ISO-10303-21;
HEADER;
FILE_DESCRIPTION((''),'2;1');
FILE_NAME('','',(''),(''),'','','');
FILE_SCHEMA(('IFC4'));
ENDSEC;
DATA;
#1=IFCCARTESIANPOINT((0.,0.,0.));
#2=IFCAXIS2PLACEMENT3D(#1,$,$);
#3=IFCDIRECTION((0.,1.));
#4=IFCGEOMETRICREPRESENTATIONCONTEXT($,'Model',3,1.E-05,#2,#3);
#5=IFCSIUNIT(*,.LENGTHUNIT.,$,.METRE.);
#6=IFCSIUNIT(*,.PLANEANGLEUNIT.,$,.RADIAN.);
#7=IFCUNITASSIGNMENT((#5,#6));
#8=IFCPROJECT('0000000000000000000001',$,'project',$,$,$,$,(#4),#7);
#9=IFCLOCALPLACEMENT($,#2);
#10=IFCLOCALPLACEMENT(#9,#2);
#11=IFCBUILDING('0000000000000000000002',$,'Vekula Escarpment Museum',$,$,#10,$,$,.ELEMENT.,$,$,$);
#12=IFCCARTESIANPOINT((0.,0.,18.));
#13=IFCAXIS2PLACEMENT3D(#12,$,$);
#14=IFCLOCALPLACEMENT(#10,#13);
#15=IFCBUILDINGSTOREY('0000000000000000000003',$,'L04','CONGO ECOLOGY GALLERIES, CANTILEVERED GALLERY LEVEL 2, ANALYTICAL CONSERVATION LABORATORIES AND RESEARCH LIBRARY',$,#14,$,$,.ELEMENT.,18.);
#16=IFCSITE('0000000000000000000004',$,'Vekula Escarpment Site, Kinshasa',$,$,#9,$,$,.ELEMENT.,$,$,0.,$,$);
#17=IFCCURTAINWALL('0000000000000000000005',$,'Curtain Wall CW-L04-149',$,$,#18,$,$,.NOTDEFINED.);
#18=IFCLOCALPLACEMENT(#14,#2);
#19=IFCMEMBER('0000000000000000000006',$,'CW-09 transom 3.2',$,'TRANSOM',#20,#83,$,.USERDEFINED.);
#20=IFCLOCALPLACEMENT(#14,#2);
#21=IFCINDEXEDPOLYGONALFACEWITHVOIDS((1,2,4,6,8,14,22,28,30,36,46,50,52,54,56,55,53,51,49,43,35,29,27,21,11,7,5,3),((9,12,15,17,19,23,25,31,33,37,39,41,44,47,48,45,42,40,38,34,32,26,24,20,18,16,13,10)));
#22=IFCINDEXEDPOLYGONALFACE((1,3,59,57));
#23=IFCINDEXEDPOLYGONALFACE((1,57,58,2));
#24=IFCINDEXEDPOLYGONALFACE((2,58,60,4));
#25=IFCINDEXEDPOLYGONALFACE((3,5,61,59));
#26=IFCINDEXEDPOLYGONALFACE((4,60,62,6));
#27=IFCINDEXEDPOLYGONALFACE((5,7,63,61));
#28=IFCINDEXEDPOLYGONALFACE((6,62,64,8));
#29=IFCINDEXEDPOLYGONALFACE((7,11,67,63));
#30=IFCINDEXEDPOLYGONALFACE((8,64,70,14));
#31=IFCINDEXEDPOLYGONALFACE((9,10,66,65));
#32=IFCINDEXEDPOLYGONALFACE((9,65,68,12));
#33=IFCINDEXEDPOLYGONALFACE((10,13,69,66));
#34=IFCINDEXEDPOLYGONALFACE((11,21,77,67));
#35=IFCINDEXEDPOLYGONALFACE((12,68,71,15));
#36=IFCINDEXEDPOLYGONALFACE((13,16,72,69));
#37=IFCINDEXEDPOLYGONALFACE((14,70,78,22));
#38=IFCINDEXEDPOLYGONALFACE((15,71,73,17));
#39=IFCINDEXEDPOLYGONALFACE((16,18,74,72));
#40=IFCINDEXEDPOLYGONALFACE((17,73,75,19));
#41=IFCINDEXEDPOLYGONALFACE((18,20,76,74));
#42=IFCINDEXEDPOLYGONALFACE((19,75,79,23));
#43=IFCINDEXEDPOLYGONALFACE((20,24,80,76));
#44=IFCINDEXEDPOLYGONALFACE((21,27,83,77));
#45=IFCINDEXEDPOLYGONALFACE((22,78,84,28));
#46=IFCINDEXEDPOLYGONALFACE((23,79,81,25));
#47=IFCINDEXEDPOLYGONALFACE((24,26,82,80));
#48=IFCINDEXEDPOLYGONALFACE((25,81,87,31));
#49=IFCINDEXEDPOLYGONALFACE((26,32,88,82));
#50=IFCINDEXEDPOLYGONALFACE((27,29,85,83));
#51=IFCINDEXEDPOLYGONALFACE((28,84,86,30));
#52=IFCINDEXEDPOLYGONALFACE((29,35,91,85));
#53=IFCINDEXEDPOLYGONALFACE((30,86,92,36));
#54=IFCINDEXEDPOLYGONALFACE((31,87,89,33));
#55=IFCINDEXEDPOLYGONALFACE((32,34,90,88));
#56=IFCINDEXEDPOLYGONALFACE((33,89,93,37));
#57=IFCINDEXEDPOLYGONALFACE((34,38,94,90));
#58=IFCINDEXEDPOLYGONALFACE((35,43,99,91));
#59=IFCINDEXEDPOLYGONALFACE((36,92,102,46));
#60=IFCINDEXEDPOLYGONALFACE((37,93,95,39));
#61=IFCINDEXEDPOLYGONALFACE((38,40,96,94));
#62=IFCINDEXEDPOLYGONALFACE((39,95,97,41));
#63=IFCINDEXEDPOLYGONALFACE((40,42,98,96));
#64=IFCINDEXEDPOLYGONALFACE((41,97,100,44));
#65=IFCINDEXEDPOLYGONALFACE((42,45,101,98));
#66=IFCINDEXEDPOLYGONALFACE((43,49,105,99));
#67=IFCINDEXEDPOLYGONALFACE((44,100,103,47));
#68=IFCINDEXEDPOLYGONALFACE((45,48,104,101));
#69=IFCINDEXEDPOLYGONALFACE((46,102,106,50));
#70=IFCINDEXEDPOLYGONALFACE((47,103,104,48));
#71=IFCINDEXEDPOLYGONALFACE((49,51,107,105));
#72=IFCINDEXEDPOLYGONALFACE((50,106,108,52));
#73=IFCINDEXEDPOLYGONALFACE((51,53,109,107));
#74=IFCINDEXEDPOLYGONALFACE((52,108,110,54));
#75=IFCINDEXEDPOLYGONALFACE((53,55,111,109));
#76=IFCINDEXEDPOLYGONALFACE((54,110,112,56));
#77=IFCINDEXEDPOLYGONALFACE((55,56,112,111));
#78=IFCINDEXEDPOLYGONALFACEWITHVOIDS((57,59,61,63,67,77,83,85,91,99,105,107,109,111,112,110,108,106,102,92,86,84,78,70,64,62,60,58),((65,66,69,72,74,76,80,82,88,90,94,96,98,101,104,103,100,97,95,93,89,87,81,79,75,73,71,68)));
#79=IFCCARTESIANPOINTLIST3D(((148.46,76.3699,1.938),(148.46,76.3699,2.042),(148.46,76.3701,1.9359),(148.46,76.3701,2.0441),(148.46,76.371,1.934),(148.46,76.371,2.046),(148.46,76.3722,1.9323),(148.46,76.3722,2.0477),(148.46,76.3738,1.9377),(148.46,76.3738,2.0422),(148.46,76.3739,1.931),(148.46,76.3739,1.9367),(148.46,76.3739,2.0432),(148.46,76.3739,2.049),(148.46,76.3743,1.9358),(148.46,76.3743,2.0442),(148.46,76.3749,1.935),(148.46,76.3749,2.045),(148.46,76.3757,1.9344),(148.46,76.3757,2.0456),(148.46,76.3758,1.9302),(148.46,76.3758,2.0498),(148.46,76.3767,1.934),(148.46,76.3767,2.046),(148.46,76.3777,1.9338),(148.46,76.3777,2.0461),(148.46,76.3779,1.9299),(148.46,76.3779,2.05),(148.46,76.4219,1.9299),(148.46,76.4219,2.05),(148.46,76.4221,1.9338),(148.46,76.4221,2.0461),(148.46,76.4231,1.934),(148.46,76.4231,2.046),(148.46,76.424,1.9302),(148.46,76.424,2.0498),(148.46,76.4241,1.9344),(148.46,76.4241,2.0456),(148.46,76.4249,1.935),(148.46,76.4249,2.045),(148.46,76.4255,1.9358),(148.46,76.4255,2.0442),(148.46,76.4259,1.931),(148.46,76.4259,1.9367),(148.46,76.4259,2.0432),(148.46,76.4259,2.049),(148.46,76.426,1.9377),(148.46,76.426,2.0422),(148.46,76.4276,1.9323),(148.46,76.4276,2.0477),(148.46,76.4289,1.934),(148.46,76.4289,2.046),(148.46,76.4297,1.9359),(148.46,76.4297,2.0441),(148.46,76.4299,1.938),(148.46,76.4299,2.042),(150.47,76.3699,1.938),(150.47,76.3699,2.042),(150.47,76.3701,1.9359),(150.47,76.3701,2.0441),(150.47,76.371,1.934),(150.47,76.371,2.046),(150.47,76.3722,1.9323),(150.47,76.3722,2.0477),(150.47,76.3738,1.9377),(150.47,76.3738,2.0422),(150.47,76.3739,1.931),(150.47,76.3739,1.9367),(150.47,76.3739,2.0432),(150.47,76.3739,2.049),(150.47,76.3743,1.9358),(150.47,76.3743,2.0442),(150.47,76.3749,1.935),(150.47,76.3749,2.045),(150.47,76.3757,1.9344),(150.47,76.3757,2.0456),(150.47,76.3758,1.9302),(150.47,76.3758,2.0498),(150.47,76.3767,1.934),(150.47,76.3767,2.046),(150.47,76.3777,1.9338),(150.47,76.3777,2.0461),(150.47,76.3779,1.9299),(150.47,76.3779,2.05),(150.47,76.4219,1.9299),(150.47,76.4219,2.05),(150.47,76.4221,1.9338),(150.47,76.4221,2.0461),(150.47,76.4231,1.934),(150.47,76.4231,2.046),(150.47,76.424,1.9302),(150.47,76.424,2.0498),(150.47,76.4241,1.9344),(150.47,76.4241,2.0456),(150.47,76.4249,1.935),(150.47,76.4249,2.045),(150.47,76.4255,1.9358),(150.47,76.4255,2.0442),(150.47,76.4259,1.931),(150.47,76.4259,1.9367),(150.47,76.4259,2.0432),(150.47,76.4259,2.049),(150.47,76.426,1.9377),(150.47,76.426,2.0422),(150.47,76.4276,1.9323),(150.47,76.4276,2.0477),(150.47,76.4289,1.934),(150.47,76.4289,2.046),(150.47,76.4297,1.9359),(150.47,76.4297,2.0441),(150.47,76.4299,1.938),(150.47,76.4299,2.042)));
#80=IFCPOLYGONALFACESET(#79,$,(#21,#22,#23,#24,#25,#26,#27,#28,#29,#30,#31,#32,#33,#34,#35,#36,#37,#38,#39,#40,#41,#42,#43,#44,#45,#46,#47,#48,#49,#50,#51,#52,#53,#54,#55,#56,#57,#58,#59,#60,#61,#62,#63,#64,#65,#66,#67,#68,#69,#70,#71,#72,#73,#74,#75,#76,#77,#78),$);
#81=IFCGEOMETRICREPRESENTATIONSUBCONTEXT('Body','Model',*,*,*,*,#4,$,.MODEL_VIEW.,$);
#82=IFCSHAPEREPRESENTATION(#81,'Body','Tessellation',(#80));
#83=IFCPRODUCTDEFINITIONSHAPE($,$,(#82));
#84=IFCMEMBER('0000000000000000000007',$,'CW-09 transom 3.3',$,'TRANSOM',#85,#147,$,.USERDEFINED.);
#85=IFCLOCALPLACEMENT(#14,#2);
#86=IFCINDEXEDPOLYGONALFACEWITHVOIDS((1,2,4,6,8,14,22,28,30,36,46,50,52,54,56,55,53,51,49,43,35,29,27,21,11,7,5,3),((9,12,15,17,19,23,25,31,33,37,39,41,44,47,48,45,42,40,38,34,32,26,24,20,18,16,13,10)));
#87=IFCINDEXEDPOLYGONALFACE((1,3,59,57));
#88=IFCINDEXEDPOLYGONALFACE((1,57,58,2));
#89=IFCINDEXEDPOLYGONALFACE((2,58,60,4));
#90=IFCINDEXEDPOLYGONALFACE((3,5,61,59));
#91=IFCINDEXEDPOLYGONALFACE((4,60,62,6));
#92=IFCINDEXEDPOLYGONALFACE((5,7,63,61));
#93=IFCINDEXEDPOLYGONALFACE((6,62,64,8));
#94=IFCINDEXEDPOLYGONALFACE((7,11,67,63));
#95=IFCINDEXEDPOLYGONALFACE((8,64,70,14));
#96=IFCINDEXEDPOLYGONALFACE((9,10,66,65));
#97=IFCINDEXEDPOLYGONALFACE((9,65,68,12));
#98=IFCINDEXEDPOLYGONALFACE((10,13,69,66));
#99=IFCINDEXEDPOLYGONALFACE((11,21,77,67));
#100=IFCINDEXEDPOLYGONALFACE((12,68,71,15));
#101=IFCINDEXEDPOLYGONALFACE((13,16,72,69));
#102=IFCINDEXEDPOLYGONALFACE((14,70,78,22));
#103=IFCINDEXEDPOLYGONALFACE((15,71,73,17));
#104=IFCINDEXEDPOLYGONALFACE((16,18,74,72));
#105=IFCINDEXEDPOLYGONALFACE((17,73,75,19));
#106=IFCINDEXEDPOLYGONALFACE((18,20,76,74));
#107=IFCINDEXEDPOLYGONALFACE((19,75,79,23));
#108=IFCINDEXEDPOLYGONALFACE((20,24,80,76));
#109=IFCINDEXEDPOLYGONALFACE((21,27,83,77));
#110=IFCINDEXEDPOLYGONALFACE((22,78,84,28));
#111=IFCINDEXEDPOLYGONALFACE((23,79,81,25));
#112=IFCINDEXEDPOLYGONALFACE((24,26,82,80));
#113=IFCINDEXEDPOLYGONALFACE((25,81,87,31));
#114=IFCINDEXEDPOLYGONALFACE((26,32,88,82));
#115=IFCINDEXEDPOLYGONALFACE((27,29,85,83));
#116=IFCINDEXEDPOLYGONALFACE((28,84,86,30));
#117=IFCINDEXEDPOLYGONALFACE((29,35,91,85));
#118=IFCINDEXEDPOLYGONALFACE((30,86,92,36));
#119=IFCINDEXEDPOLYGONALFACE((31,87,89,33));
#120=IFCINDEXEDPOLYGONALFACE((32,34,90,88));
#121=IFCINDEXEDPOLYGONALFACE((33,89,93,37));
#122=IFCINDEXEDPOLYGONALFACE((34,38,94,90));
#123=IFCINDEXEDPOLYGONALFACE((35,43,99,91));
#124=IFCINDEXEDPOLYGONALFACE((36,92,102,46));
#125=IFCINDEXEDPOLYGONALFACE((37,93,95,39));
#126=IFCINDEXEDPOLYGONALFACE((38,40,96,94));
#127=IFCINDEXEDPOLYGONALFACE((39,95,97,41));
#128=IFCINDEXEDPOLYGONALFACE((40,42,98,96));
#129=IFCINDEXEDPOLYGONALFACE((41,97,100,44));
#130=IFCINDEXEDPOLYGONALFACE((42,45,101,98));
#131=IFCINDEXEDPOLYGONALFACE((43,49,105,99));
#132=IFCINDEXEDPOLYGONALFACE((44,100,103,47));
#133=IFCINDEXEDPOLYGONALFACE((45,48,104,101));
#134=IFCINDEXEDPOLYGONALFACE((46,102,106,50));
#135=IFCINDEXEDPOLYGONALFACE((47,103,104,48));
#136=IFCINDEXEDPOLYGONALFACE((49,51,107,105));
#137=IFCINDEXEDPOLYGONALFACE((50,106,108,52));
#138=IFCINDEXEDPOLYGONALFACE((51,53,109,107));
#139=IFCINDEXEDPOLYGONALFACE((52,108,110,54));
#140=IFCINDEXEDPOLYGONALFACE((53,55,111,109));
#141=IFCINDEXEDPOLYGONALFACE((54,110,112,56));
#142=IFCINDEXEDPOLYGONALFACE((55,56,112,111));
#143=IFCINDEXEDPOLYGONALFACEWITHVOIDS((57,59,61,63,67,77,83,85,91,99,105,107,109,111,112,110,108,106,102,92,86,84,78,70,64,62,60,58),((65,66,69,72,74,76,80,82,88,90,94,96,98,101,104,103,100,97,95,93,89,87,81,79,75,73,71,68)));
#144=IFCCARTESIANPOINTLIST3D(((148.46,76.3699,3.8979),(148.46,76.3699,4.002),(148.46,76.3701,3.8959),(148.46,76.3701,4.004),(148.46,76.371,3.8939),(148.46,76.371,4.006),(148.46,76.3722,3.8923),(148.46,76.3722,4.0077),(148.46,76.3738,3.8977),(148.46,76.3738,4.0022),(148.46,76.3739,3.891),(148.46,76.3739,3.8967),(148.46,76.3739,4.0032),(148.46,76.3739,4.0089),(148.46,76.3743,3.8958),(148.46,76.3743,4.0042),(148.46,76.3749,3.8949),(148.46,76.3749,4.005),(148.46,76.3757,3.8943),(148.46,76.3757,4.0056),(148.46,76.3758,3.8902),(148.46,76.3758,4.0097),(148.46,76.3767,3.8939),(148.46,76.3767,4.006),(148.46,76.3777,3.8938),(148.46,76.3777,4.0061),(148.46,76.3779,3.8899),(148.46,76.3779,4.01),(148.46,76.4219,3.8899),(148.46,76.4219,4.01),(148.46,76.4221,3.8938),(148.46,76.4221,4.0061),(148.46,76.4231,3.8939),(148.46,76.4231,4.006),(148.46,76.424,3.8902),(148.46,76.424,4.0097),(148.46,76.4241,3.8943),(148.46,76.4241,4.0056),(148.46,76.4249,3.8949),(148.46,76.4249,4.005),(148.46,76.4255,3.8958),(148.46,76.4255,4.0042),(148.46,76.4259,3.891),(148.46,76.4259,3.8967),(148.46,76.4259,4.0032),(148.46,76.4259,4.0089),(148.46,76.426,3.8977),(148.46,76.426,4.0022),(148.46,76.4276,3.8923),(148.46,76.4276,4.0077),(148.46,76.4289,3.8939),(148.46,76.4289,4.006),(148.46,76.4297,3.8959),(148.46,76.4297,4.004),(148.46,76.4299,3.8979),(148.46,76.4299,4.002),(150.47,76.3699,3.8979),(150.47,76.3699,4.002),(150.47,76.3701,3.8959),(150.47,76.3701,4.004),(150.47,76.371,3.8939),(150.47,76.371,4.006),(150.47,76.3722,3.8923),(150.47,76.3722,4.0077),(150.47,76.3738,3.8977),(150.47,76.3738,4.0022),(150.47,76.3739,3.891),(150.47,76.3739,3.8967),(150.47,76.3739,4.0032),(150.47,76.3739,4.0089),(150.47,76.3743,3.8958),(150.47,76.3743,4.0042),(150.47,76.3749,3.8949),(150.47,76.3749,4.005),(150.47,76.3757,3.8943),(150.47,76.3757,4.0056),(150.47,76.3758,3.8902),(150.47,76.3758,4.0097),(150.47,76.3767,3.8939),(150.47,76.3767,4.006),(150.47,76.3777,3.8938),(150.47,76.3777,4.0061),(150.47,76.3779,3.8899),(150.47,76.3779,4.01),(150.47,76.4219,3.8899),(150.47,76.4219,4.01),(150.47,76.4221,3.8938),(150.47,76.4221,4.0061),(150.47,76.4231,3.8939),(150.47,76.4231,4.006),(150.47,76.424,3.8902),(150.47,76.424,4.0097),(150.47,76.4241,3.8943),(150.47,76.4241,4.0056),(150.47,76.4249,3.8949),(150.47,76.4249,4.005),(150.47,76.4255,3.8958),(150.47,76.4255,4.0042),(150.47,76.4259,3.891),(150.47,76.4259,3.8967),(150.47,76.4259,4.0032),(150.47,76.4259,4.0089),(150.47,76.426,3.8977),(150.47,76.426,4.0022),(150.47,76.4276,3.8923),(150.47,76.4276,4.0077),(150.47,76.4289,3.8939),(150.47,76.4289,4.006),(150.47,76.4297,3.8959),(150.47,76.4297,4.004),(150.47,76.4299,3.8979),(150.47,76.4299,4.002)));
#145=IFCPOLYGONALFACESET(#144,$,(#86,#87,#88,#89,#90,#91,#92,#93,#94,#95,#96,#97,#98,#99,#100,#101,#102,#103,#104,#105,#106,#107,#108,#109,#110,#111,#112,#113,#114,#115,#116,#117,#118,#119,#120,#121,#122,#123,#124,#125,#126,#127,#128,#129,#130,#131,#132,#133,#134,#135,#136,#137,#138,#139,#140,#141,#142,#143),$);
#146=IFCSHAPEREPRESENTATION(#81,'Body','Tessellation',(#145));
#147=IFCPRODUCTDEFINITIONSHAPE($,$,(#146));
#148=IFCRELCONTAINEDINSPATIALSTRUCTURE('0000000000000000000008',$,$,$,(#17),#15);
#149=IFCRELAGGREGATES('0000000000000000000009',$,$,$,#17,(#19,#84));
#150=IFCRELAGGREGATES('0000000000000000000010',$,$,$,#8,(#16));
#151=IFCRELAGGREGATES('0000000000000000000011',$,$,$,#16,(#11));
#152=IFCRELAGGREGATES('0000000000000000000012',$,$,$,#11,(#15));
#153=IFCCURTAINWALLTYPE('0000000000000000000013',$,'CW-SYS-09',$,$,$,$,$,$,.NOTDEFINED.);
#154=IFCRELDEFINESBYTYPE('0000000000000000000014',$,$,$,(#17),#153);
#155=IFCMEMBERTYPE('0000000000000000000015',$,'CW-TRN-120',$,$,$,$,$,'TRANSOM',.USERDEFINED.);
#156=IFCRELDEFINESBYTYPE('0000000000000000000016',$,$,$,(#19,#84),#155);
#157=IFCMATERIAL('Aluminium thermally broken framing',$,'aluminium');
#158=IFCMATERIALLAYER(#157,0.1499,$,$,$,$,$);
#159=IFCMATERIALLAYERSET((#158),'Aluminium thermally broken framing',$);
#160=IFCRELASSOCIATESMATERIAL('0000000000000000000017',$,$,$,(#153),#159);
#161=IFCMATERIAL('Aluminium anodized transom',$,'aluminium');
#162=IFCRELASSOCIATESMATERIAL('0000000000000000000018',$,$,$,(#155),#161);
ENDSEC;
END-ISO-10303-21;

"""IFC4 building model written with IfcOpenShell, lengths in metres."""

from ifc_helpers import new_model, si_unit, direction, frame, origin, origin_2d, place, context, subcontext, project, spatial, hollow_rectangle, extrude, material, layer, layer_set, material_profile, profile_set, type_object, element, aggregate, save


model = new_model("IFC4")

# Units and contexts
model_context = context("Model", 3, precision=1e-05, world=origin(), true_north=direction((0.0, 1.0)))
body_context = subcontext(model_context, "Body", "Model", "MODEL_VIEW")
ifc_project = project(units=[si_unit("LENGTHUNIT", "METRE"), si_unit("PLANEANGLEUNIT", "RADIAN")], contexts=[model_context])

# Site, building, storey
site_placement = place(None, origin())
site = spatial("IfcSite", under=ifc_project, at=site_placement, Name="Vekula Escarpment Site, Kinshasa", CompositionType="ELEMENT", RefElevation=0.0)
building_placement = place(site_placement, origin())
building = spatial("IfcBuilding", under=site, at=building_placement, Name="Vekula Escarpment Museum", CompositionType="ELEMENT")
storey_placement = place(building_placement, frame((0.0, 0.0, 18.0)))
storey = spatial("IfcBuildingStorey", under=building, at=storey_placement, Name="L04", Description="CONGO ECOLOGY GALLERIES, CANTILEVERED GALLERY LEVEL 2, ANALYTICAL CONSERVATION LABORATORIES AND RESEARCH LIBRARY", CompositionType="ELEMENT", Elevation=18.0)

# Curtain wall
ifc_material_1 = material(Name="Aluminium thermally broken framing", Category="aluminium")
ifc_layer_1 = layer(ifc_material_1, 0.1499)
ifc_layer_set_1 = layer_set([ifc_layer_1], Name="Aluminium thermally broken framing")
curtain_wall_type_1 = type_object("IfcCurtainWallType", Name="CW-SYS-09", PredefinedType="NOTDEFINED", material=ifc_layer_set_1)
curtain_wall_1_placement = place(storey_placement, origin())
curtain_wall_1 = element("IfcCurtainWall", 1, at=curtain_wall_1_placement, inside=storey, type_object=curtain_wall_type_1, Name="Curtain Wall CW-L04-149", PredefinedType="NOTDEFINED")

# Members
ifc_material_2 = material(Name="Aluminium anodized transom", Category="aluminium")
ifc_material_profile_1 = material_profile(ifc_material_2, hollow_rectangle(XDim=0.0601, YDim=0.1201, WallThickness=0.0039, InnerFilletRadius=0.0039, OuterFilletRadius=0.0081, at=origin_2d()), Name="ALU 120x60x4")
ifc_profile_set_1 = profile_set([ifc_material_profile_1], Name="Aluminium anodized transom")
member_type_1 = type_object("IfcMemberType", Name="CW-TRN-120", ElementType="TRANSOM", PredefinedType="USERDEFINED", material=ifc_profile_set_1)
member_1_placement = place(storey_placement, frame((150.47, 76.3999, 1.99), z_axis=(-1.0, 0.0, 0.0), x_axis=(0.0, -1.0, 0.0)))
member_1 = element("IfcMember", 2, at=member_1_placement, type_object=member_type_1, Name="CW-09 transom 3.2", ObjectType="TRANSOM", PredefinedType="USERDEFINED", context=body_context, shape_type="SweptSolid", body=[
    extrude(hollow_rectangle(XDim=0.0601, YDim=0.1201, WallThickness=0.0039, InnerFilletRadius=0.0039, OuterFilletRadius=0.0081, at=origin_2d()), origin(), (0.0, 0.0, 1.0), 2.01),
])
member_2_placement = place(storey_placement, frame((150.47, 76.3999, 3.95), z_axis=(-1.0, 0.0, 0.0), x_axis=(0.0, -1.0, 0.0)))
member_2 = element("IfcMember", 3, at=member_2_placement, type_object=member_type_1, Name="CW-09 transom 3.3", ObjectType="TRANSOM", PredefinedType="USERDEFINED", context=body_context, shape_type="SweptSolid", body=[
    extrude(hollow_rectangle(XDim=0.0601, YDim=0.1201, WallThickness=0.0039, InnerFilletRadius=0.0039, OuterFilletRadius=0.0081, at=origin_2d()), origin(), (0.0, 0.0, 1.0), 2.01),
])

aggregate(curtain_wall_1, [member_1, member_2])

save(model, "model.ifc")
